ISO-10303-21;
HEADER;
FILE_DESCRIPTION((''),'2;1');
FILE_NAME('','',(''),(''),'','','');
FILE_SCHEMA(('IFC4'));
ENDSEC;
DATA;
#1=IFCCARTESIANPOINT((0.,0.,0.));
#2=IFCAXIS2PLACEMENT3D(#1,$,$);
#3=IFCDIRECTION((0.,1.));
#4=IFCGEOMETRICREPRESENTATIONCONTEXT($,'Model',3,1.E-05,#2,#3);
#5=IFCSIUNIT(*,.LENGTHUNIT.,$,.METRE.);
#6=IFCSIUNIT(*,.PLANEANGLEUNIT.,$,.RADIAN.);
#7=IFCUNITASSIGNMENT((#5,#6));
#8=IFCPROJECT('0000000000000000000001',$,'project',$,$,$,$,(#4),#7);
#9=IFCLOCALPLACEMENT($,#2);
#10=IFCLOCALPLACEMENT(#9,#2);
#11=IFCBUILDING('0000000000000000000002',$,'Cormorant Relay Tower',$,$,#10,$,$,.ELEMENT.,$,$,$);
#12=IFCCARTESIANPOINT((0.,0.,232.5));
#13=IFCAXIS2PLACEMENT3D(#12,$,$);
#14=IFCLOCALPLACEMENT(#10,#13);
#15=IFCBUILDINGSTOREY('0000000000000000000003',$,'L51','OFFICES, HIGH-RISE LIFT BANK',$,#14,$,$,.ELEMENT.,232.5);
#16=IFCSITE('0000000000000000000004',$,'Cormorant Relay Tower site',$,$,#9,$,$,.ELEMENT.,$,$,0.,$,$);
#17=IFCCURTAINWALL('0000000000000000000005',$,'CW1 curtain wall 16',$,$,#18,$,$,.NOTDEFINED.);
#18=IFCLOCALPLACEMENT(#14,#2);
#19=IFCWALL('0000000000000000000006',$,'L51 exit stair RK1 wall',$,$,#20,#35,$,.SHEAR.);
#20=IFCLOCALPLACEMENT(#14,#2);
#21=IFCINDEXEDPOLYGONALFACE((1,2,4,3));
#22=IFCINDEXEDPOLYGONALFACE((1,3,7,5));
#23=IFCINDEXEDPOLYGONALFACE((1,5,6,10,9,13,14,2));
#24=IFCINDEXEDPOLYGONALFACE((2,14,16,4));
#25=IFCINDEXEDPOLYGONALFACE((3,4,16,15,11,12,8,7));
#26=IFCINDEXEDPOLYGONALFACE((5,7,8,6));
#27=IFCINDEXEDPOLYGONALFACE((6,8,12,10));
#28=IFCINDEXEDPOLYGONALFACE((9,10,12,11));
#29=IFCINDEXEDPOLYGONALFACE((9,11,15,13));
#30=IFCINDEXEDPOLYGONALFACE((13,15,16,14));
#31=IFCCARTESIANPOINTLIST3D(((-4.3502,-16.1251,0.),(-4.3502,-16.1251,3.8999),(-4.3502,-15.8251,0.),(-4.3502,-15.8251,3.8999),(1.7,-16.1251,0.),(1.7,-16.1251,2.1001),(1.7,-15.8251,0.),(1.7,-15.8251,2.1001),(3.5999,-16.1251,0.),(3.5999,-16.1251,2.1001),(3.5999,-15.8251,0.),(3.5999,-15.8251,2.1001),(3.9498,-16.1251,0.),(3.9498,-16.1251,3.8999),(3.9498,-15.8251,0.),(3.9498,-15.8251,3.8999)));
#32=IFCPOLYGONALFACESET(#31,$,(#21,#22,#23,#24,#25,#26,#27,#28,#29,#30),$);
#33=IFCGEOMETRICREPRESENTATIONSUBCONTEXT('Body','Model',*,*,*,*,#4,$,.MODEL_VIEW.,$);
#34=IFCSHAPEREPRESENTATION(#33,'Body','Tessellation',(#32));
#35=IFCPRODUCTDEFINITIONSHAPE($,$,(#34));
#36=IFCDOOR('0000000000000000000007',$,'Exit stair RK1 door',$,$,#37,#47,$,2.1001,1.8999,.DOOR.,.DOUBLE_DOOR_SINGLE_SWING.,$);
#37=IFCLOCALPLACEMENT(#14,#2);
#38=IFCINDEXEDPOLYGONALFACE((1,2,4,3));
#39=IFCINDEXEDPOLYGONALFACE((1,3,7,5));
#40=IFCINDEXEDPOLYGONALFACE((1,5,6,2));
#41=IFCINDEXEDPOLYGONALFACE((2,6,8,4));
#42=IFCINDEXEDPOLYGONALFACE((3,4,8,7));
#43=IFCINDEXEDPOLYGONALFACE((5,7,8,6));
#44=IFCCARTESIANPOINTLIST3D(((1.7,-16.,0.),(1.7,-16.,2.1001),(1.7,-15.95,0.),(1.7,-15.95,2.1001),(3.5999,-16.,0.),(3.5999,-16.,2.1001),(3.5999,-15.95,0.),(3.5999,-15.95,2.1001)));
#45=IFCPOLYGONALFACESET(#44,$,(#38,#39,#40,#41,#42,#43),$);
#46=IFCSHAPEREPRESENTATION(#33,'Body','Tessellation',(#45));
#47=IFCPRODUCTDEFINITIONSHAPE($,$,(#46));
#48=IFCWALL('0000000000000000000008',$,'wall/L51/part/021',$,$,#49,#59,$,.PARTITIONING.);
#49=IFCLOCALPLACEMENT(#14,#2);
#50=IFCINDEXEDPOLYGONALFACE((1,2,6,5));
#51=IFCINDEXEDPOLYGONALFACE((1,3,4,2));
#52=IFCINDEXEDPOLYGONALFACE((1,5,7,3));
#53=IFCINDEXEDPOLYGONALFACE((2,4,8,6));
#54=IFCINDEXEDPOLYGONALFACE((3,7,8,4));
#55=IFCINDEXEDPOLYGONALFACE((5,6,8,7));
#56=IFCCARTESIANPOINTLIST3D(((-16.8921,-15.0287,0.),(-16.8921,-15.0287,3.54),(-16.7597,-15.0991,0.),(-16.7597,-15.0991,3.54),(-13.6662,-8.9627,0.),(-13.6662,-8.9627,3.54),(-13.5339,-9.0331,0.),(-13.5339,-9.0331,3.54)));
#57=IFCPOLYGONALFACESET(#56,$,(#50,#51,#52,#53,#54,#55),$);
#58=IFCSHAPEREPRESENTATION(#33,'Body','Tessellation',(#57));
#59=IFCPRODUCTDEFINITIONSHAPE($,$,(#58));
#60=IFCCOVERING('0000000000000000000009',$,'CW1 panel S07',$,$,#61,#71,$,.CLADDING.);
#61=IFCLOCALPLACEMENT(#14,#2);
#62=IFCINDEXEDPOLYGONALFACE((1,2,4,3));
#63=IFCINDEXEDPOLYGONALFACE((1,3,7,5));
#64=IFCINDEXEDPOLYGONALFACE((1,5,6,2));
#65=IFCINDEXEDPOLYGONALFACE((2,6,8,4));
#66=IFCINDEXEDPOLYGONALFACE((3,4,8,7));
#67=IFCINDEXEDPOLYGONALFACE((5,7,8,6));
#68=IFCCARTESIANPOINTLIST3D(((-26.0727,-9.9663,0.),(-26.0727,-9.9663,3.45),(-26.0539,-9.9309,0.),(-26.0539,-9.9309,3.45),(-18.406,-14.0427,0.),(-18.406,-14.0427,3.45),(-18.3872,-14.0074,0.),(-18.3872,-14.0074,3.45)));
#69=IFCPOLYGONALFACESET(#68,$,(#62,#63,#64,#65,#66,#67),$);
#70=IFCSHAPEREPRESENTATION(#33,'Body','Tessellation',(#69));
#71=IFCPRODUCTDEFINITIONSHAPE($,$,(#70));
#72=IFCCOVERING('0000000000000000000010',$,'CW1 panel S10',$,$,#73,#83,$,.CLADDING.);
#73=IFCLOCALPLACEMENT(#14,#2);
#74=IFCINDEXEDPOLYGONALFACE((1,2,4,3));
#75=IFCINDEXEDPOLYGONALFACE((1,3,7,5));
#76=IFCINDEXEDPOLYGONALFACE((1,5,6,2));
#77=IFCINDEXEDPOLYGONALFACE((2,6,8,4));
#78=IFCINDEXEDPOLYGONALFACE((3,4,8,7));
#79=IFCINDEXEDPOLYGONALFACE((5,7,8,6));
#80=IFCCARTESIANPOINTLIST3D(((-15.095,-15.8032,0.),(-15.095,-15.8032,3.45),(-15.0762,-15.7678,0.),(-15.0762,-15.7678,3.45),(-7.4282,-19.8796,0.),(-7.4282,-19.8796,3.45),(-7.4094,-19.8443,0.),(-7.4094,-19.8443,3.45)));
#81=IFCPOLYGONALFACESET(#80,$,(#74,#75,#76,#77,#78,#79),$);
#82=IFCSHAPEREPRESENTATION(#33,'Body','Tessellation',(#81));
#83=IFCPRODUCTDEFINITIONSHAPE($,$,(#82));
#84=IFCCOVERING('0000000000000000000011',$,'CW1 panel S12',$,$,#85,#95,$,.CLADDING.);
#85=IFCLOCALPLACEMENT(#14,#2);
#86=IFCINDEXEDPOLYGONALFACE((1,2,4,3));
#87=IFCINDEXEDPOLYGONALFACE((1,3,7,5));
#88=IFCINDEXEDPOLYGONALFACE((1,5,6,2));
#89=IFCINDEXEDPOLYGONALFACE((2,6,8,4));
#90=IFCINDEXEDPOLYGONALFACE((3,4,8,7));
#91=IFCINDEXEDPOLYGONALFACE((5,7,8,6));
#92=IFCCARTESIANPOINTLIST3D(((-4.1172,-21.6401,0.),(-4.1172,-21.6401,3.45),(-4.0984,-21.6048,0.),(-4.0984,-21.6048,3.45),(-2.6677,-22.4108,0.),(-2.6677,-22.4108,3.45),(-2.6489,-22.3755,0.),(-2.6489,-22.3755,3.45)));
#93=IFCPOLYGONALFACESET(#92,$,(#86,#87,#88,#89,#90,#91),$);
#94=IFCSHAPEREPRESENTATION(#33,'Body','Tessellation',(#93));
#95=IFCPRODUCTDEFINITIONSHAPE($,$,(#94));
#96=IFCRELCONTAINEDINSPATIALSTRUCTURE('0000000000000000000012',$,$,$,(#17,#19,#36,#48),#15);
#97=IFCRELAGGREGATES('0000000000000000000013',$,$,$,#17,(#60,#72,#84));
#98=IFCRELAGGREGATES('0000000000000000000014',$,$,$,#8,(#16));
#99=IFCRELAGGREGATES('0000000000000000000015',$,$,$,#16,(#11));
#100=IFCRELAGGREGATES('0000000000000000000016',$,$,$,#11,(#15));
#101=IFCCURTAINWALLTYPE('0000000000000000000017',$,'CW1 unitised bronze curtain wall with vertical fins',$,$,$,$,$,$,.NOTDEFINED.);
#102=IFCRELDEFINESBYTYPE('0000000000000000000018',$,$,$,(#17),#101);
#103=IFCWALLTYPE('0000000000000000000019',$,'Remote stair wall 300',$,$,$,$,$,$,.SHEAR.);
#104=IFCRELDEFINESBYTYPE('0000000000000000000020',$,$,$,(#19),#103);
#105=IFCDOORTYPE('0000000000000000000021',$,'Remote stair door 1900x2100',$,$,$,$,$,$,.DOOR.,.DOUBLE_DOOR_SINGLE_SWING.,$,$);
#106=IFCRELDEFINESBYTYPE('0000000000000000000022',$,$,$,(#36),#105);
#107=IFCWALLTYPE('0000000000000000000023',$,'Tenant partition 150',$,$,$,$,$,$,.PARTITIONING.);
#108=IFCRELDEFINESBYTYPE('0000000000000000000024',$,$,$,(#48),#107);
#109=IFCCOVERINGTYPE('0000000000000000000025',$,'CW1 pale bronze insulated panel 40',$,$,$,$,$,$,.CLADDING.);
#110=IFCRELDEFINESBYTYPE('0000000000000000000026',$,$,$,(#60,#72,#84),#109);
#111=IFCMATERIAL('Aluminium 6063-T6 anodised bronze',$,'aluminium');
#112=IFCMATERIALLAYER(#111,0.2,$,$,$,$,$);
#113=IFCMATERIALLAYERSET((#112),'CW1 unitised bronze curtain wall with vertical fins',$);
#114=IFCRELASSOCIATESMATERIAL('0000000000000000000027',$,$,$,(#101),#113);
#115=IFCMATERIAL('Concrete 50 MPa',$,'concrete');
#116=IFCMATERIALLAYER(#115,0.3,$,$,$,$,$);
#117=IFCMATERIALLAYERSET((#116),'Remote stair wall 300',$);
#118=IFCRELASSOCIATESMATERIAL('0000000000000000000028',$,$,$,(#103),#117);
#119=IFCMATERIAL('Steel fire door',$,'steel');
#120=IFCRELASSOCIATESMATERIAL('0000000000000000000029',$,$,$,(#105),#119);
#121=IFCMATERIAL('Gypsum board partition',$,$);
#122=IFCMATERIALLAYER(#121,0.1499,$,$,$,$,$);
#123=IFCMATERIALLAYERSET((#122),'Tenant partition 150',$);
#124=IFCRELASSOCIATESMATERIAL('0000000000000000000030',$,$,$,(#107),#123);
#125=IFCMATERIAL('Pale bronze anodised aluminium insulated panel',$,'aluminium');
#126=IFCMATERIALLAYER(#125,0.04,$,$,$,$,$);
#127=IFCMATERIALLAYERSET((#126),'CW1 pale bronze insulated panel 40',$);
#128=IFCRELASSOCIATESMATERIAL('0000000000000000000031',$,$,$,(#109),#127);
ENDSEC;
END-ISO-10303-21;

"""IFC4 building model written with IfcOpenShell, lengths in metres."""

from ifc_helpers import new_model, si_unit, direction, frame, frame_2d, origin, origin_2d, place, context, subcontext, project, spatial, rectangle, extrude, material, layer, layer_set, type_object, element, fill, aggregate, save


model = new_model("IFC4")

# Units and contexts
model_context = context("Model", 3, precision=1e-05, world=origin(), true_north=direction((0.0, 1.0)))
body_context = subcontext(model_context, "Body", "Model", "MODEL_VIEW")
ifc_project = project(units=[si_unit("LENGTHUNIT", "METRE"), si_unit("PLANEANGLEUNIT", "RADIAN")], contexts=[model_context])

# Site, building, storey
site_placement = place(None, origin())
site = spatial("IfcSite", under=ifc_project, at=site_placement, Name="Cormorant Relay Tower site", CompositionType="ELEMENT", RefElevation=0.0)
building_placement = place(site_placement, origin())
building = spatial("IfcBuilding", under=site, at=building_placement, Name="Cormorant Relay Tower", CompositionType="ELEMENT")
storey_placement = place(building_placement, frame((0.0, 0.0, 232.5)))
storey = spatial("IfcBuildingStorey", under=building, at=storey_placement, Name="L51", Description="OFFICES, HIGH-RISE LIFT BANK", CompositionType="ELEMENT", Elevation=232.5)

# Curtain wall
ifc_material_1 = material(Name="Aluminium 6063-T6 anodised bronze", Category="aluminium")
ifc_layer_1 = layer(ifc_material_1, 0.2)
ifc_layer_set_1 = layer_set([ifc_layer_1], Name="CW1 unitised bronze curtain wall with vertical fins")
curtain_wall_type = type_object("IfcCurtainWallType", Name="CW1 unitised bronze curtain wall with vertical fins", PredefinedType="NOTDEFINED", material=ifc_layer_set_1)
curtain_wall_placement = place(storey_placement, origin())
curtain_wall = element("IfcCurtainWall", 1, at=curtain_wall_placement, inside=storey, type_object=curtain_wall_type, Name="CW1 curtain wall 16", PredefinedType="NOTDEFINED")

# Shared definitions
ifc_material_2 = material(Name="Concrete 50 MPa", Category="concrete")
ifc_layer_2 = layer(ifc_material_2, 0.3)
ifc_layer_set_2 = layer_set([ifc_layer_2], Name="Remote stair wall 300")
wall_type_1 = type_object("IfcWallType", Name="Remote stair wall 300", PredefinedType="SHEAR", material=ifc_layer_set_2)

# Wall, opening, door
wall_1_placement = place(storey_placement, frame((-4.3501, -15.9751, 0.0), z_axis=(0.0, 0.0, 1.0), x_axis=(1.0, 0.0, 0.0)))
wall_1 = element("IfcWall", 2, at=wall_1_placement, inside=storey, type_object=wall_type_1, Name="L51 exit stair RK1 wall", PredefinedType="SHEAR", context=body_context, shape_type="SweptSolid", body=[
    extrude(rectangle(XDim=8.3, YDim=0.3, at=frame_2d((4.1499, 0.0))), origin(), (0.0, 0.0, 1.0), 3.8999),
])
opening_1_placement = place(wall_1_placement, frame((6.05, 0.0, 0.0)))
opening_1 = element("IfcOpeningElement", 3, at=opening_1_placement, cuts=wall_1, PredefinedType="OPENING", context=body_context, shape_type="SweptSolid", body=[
    extrude(rectangle(XDim=1.8999, YDim=2.1001, at=frame_2d((0.95, 1.05))), frame((0.0, 0.1599, 0.0), z_axis=(0.0, -1.0, 0.0), x_axis=(1.0, 0.0, 0.0)), (0.0, 0.0, 1.0), 0.3201),
])
ifc_material_3 = material(Name="Steel fire door", Category="steel")
door_type_1 = type_object("IfcDoorType", Name="Remote stair door 1900x2100", OperationType="DOUBLE_DOOR_SINGLE_SWING", PredefinedType="DOOR", material=ifc_material_3)
door_1_placement = place(opening_1_placement, frame((1.8999, 0.0, 0.0), z_axis=(0.0, 0.0, 1.0), x_axis=(-1.0, 0.0, 0.0)))
door_1 = element("IfcDoor", 4, at=door_1_placement, inside=storey, type_object=door_type_1, Name="Exit stair RK1 door", OperationType="DOUBLE_DOOR_SINGLE_SWING", OverallHeight=2.1001, OverallWidth=1.8999, PredefinedType="DOOR", context=body_context, shape_type="SweptSolid", body=[
    extrude(rectangle(XDim=1.8999, YDim=2.1001, at=frame_2d((0.95, 1.05))), frame((0.0, 0.0249, 0.0), z_axis=(0.0, -1.0, 0.0), x_axis=(1.0, 0.0, 0.0)), (0.0, 0.0, 1.0), 0.05),
])
fill(opening_1, door_1)

# Wall
ifc_material_4 = material(Name="Gypsum board partition")
ifc_layer_3 = layer(ifc_material_4, 0.1499)
ifc_layer_set_3 = layer_set([ifc_layer_3], Name="Tenant partition 150")
wall_type_2 = type_object("IfcWallType", Name="Tenant partition 150", PredefinedType="PARTITIONING", material=ifc_layer_set_3)
wall_2_placement = place(storey_placement, frame((-13.6001, -8.998, 0.0), z_axis=(0.0, 0.0, 1.0), x_axis=(-0.469531, -0.882916, 0.0)))
element("IfcWall", 5, at=wall_2_placement, inside=storey, type_object=wall_type_2, Name="wall/L51/part/021", PredefinedType="PARTITIONING", context=body_context, shape_type="SweptSolid", body=[
    extrude(rectangle(XDim=6.8704, YDim=0.1499, at=frame_2d((3.4351, 0.0))), origin(), (0.0, 0.0, 1.0), 3.54),
])

# Coverings
ifc_material_5 = material(Name="Pale bronze anodised aluminium insulated panel", Category="aluminium")
ifc_layer_4 = layer(ifc_material_5, 0.04)
ifc_layer_set_4 = layer_set([ifc_layer_4], Name="CW1 pale bronze insulated panel 40")
covering_type = type_object("IfcCoveringType", Name="CW1 pale bronze insulated panel 40", PredefinedType="CLADDING", material=ifc_layer_set_4)
covering_1_placement = place(storey_placement, frame((-22.23, -11.9868, 0.0), z_axis=(0.0, 0.0, 1.0), x_axis=(0.882948, -0.469472, 0.0)))
covering_1 = element("IfcCovering", 6, at=covering_1_placement, type_object=covering_type, Name="CW1 panel S07", PredefinedType="CLADDING", context=body_context, shape_type="SweptSolid", body=[
    extrude(rectangle(XDim=8.6831, YDim=0.04, at=origin_2d()), origin(), (0.0, 0.0, 1.0), 3.45),
])
covering_2_placement = place(storey_placement, frame((-11.2522, -17.8237, 0.0), z_axis=(0.0, 0.0, 1.0), x_axis=(0.882948, -0.469472, 0.0)))
covering_2 = element("IfcCovering", 7, at=covering_2_placement, type_object=covering_type, Name="CW1 panel S10", PredefinedType="CLADDING", context=body_context, shape_type="SweptSolid", body=[
    extrude(rectangle(XDim=8.6831, YDim=0.04, at=origin_2d()), origin(), (0.0, 0.0, 1.0), 3.45),
])
covering_3_placement = place(storey_placement, frame((-3.3831, -22.0078, 0.0), z_axis=(0.0, 0.0, 1.0), x_axis=(0.882948, -0.469472, 0.0)))
covering_3 = element("IfcCovering", 8, at=covering_3_placement, type_object=covering_type, Name="CW1 panel S12", PredefinedType="CLADDING", context=body_context, shape_type="SweptSolid", body=[
    extrude(rectangle(XDim=1.6416, YDim=0.04, at=origin_2d()), origin(), (0.0, 0.0, 1.0), 3.45),
])
aggregate(curtain_wall, [covering_1, covering_2, covering_3])

save(model, "model.ifc")
